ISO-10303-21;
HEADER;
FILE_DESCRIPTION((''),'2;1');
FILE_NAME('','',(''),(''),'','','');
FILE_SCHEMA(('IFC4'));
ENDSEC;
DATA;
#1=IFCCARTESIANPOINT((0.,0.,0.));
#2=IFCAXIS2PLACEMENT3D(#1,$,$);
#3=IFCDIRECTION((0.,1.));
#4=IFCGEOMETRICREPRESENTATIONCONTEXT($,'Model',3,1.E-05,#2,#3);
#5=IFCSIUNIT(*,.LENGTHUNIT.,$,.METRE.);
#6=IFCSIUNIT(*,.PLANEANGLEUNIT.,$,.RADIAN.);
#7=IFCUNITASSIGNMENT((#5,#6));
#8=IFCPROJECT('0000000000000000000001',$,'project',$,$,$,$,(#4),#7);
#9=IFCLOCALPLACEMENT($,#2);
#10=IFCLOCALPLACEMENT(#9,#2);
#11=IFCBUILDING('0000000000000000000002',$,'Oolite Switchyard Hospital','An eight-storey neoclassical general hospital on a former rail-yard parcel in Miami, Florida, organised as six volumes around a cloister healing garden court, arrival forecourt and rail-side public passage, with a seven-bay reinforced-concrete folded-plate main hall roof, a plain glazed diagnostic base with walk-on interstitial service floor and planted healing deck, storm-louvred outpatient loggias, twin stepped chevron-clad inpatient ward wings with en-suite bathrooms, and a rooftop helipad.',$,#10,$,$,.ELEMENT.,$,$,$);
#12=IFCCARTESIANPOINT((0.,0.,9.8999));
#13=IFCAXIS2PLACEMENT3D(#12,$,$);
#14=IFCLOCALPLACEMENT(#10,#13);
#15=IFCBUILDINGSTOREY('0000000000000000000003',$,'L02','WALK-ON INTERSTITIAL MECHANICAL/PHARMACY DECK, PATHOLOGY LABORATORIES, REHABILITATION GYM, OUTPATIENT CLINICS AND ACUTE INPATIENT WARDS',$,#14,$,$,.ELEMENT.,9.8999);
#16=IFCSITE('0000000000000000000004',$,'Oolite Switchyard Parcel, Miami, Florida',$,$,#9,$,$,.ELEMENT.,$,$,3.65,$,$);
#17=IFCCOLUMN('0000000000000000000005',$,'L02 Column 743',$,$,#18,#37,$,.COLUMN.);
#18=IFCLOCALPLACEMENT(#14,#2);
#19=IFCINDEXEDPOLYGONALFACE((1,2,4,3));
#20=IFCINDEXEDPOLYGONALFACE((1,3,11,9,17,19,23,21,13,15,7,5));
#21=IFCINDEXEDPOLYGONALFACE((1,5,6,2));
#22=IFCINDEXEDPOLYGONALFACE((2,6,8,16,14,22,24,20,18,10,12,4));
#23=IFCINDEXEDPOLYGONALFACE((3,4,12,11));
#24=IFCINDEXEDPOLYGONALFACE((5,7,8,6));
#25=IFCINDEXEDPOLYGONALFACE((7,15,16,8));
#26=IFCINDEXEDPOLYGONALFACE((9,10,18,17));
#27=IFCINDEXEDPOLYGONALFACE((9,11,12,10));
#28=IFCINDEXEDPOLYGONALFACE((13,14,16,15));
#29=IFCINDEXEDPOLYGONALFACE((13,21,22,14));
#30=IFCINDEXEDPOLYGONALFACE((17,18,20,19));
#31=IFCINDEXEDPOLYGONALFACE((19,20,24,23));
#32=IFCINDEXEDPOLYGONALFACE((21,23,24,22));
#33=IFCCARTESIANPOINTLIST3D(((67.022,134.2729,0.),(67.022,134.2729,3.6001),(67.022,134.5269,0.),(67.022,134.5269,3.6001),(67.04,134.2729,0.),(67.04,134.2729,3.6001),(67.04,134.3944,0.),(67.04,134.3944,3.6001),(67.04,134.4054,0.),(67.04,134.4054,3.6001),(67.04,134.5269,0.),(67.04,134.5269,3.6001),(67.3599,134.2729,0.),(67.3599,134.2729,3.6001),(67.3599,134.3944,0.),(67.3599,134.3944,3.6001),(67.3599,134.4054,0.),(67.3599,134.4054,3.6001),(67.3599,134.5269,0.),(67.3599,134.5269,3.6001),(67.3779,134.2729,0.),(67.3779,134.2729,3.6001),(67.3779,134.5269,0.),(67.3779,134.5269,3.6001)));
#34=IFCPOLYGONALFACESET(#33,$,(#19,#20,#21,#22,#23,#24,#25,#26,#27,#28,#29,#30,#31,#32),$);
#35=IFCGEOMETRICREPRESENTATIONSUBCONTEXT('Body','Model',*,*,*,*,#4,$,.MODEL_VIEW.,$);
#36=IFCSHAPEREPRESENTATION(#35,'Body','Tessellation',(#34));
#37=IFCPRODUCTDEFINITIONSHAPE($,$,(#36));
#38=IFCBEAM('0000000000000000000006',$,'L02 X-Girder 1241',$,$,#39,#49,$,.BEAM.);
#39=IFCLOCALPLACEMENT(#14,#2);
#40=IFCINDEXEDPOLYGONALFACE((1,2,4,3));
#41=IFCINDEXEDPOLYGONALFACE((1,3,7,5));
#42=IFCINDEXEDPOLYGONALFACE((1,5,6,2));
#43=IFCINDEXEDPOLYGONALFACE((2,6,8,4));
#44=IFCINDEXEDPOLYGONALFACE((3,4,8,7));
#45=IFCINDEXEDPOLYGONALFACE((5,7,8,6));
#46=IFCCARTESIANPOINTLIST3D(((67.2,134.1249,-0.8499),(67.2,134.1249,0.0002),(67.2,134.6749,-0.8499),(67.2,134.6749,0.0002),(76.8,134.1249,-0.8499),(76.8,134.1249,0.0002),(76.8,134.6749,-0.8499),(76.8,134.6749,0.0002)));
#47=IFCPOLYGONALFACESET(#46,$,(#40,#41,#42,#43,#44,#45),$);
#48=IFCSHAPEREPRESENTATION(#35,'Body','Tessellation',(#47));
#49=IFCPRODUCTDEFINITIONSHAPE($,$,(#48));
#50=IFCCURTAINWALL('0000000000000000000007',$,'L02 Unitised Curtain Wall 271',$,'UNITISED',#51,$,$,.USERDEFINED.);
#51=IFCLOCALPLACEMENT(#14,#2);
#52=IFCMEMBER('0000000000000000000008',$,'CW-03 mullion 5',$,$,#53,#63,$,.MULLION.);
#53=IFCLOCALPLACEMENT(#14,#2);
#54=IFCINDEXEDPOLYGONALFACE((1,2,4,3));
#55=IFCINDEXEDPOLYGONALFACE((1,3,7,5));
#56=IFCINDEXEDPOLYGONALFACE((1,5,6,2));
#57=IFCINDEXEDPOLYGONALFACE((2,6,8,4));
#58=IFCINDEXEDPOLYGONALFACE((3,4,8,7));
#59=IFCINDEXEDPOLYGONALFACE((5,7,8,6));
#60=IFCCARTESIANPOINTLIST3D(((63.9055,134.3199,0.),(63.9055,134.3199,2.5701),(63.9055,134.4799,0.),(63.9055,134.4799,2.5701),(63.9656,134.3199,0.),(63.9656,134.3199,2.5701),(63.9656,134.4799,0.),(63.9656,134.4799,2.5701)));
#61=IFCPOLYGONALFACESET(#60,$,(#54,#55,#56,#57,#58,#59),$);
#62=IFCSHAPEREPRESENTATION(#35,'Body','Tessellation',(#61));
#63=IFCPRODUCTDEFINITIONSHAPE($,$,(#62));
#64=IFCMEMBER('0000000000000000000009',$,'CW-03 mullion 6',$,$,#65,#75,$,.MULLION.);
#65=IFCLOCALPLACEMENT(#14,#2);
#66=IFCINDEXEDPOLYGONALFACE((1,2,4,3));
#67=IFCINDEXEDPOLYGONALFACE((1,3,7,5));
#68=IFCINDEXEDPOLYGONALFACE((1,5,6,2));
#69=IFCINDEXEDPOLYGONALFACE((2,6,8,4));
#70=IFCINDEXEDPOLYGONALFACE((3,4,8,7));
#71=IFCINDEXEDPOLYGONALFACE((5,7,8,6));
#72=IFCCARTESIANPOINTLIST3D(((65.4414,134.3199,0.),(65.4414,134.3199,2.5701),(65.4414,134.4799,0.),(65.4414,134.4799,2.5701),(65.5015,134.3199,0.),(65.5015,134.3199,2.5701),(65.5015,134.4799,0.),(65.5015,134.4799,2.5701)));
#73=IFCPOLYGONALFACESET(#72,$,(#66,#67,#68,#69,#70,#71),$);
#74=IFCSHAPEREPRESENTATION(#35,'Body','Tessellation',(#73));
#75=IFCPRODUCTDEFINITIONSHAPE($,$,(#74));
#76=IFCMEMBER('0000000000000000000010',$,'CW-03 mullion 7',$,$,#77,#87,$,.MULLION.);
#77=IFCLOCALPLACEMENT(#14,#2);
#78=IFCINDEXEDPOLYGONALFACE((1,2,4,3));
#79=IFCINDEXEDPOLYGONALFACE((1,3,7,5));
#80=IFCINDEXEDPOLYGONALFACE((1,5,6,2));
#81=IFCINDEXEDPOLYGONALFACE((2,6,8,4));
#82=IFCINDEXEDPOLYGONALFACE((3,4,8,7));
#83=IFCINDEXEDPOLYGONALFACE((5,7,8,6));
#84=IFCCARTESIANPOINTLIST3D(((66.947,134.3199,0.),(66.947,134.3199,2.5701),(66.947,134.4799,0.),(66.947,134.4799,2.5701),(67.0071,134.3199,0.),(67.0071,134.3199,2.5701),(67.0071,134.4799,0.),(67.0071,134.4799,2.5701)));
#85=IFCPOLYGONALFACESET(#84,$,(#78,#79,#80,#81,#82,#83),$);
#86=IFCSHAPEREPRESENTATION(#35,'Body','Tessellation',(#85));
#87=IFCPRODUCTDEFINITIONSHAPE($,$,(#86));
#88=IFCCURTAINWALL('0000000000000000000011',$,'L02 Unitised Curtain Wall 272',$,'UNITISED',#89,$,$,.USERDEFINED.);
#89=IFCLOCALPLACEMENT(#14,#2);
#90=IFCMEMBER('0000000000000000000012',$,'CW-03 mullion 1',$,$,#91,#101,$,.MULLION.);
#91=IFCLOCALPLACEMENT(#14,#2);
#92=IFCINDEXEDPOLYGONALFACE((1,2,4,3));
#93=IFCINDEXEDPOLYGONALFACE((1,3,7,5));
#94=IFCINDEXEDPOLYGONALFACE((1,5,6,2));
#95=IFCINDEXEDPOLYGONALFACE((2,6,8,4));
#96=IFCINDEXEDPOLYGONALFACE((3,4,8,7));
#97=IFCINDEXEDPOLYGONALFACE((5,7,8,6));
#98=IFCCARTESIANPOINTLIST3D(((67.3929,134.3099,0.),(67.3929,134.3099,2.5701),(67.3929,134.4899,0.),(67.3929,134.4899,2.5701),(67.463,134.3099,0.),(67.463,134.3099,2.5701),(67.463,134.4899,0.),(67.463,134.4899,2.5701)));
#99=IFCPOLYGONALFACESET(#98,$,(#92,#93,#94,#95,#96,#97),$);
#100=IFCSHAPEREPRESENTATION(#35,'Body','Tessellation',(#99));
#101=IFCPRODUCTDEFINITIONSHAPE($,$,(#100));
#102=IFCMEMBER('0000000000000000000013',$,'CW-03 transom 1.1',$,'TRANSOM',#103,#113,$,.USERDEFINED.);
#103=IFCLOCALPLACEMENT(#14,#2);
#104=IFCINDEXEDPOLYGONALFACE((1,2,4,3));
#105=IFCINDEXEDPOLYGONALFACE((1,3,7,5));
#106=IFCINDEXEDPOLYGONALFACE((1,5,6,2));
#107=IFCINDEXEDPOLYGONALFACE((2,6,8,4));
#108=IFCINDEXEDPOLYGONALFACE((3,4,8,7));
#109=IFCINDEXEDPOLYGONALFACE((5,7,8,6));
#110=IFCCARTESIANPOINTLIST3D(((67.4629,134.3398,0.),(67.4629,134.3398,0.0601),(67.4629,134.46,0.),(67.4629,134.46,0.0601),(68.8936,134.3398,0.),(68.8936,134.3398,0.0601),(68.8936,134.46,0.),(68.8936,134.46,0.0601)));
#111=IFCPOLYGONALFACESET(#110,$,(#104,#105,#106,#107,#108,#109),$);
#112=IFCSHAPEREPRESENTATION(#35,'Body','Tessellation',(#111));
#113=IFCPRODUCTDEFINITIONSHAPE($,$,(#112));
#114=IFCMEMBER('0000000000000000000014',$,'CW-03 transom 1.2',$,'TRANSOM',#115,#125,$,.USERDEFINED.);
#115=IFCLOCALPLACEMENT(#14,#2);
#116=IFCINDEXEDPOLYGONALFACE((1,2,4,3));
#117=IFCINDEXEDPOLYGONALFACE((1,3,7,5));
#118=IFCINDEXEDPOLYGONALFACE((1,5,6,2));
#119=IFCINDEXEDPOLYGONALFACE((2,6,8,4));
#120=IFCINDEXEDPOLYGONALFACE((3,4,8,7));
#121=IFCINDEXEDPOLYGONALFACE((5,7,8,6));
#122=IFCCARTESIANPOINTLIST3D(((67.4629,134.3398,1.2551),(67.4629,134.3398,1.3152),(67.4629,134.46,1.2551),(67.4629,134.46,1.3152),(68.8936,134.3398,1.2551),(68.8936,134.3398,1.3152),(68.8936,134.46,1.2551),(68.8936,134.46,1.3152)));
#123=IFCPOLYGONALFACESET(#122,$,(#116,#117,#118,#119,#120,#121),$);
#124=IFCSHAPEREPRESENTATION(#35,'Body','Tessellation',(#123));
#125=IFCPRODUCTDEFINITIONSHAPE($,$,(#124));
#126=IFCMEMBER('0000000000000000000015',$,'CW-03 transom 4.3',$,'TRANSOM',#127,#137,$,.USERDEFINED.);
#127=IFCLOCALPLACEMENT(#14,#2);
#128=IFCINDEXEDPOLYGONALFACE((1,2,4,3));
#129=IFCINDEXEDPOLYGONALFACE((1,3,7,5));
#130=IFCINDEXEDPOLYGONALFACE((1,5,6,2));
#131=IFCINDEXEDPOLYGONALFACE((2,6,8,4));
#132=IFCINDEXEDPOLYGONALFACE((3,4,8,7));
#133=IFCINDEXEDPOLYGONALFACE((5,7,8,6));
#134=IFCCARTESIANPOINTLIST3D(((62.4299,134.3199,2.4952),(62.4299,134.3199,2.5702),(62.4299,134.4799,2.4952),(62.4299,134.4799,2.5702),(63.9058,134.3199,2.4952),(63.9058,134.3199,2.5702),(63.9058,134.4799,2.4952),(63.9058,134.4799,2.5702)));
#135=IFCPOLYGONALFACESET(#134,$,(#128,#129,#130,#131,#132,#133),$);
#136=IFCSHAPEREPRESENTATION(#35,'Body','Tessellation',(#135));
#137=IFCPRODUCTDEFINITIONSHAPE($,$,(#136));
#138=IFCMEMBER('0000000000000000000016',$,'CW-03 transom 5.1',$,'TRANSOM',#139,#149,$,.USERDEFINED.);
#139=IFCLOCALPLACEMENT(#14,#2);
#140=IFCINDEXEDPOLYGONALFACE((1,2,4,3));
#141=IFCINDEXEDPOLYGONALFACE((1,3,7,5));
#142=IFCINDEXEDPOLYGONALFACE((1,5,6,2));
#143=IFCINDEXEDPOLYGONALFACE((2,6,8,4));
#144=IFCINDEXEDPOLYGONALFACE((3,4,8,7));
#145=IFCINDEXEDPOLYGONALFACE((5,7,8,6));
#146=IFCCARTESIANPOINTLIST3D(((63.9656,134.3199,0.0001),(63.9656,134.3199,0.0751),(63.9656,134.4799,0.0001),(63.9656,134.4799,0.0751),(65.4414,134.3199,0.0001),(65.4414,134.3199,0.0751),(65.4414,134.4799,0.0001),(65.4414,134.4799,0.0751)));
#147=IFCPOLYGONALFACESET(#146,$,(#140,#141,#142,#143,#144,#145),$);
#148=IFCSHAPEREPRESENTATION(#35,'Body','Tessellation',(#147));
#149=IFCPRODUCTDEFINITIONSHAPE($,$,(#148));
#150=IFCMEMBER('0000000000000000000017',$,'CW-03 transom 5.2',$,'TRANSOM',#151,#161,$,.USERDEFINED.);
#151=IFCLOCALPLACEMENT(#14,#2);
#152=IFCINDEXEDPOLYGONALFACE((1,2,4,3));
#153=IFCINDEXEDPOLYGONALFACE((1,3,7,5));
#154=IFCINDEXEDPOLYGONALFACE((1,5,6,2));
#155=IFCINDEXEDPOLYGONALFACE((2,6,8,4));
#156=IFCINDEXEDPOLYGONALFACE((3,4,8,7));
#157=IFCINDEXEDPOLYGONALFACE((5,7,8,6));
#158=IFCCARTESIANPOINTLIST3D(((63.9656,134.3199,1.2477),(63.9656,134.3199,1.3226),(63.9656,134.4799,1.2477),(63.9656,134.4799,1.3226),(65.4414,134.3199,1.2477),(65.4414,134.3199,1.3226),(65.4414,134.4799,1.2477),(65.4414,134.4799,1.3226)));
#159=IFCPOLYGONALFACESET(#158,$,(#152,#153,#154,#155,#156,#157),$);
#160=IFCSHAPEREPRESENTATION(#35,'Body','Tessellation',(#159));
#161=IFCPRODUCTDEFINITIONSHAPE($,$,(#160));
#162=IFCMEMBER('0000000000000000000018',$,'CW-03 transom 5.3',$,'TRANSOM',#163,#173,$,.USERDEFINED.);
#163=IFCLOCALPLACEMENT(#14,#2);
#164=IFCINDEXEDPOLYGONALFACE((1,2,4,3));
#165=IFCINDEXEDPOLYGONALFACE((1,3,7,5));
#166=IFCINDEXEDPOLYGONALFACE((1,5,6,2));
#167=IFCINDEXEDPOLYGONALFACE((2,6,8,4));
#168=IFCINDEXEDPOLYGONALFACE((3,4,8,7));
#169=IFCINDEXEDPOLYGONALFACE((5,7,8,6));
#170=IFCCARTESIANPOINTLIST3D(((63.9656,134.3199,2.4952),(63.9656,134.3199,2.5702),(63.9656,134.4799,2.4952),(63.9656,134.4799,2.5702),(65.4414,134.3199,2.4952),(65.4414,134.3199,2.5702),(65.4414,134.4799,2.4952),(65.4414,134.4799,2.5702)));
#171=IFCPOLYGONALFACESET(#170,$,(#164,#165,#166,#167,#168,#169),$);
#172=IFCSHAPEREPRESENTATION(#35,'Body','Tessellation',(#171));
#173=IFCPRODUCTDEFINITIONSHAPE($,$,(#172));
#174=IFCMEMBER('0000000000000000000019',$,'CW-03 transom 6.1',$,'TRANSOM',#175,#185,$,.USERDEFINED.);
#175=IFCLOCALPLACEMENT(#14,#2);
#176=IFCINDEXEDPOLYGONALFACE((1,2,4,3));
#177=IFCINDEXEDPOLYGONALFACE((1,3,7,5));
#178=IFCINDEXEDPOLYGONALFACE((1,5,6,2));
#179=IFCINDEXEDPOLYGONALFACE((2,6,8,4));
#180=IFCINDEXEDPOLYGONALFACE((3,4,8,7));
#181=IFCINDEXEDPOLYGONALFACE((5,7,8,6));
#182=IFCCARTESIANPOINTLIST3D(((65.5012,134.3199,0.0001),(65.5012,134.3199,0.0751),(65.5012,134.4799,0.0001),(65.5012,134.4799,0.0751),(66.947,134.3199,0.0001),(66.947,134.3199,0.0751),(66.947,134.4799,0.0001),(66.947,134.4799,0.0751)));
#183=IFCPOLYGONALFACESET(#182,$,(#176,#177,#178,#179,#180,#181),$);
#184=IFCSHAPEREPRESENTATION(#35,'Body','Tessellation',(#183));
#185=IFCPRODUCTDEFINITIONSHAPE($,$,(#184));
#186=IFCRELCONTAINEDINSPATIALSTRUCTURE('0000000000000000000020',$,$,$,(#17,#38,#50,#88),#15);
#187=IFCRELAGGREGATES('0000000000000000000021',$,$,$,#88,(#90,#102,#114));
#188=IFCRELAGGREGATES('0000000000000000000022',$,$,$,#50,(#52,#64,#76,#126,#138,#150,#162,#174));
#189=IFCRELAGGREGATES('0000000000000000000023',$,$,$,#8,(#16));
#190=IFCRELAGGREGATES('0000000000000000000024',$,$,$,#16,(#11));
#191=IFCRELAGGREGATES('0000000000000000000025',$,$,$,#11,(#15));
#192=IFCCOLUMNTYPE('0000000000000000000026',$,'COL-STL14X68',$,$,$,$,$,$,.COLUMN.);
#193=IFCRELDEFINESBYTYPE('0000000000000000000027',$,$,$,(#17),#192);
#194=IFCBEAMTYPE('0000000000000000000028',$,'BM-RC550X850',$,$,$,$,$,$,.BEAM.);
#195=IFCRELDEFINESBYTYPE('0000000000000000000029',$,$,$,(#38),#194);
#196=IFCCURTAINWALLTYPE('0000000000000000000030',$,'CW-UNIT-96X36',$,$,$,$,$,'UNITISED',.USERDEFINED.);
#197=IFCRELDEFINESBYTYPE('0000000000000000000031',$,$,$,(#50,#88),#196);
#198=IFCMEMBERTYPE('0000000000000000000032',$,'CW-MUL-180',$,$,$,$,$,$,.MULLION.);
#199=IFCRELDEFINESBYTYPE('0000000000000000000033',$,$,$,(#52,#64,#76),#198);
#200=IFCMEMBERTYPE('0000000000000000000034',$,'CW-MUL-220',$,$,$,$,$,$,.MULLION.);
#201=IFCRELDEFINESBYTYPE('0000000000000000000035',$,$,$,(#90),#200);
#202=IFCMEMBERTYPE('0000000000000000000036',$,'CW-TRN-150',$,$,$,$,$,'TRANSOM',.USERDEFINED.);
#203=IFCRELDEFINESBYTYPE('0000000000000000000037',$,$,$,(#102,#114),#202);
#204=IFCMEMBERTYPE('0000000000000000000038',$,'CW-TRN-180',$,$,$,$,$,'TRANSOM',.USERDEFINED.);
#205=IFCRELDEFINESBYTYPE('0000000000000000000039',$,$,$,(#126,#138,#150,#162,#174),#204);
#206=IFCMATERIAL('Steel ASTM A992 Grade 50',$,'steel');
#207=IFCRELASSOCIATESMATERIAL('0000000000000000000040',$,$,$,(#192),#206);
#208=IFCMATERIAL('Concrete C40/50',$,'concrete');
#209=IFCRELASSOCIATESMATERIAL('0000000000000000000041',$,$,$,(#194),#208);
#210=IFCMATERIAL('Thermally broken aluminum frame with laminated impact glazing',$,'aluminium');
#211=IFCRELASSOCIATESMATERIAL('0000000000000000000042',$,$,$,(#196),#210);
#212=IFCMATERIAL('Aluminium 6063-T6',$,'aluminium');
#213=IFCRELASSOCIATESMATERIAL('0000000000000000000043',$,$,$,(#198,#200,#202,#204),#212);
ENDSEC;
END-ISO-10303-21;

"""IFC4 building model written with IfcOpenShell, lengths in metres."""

from ifc_helpers import new_model, si_unit, direction, frame, origin, origin_2d, place, context, subcontext, project, spatial, rectangle, i_section, extrude, material, material_profile, profile_set, type_object, element, aggregate, save


model = new_model("IFC4")

# Units and contexts
model_context = context("Model", 3, precision=1e-05, world=origin(), true_north=direction((0.0, 1.0)))
body_context = subcontext(model_context, "Body", "Model", "MODEL_VIEW")
ifc_project = project(units=[si_unit("LENGTHUNIT", "METRE"), si_unit("PLANEANGLEUNIT", "RADIAN")], contexts=[model_context])

# Site, building, storey
site_placement = place(None, origin())
site = spatial("IfcSite", under=ifc_project, at=site_placement, Name="Oolite Switchyard Parcel, Miami, Florida", CompositionType="ELEMENT", RefElevation=3.65)
building_placement = place(site_placement, origin())
building = spatial("IfcBuilding", under=site, at=building_placement, Name="Oolite Switchyard Hospital", Description="An eight-storey neoclassical general hospital on a former rail-yard parcel in Miami, Florida, organised as six volumes around a cloister healing garden court, arrival forecourt and rail-side public passage, with a seven-bay reinforced-concrete folded-plate main hall roof, a plain glazed diagnostic base with walk-on interstitial service floor and planted healing deck, storm-louvred outpatient loggias, twin stepped chevron-clad inpatient ward wings with en-suite bathrooms, and a rooftop helipad.", CompositionType="ELEMENT")
storey_placement = place(building_placement, frame((0.0, 0.0, 9.8999)))
storey = spatial("IfcBuildingStorey", under=building, at=storey_placement, Name="L02", Description="WALK-ON INTERSTITIAL MECHANICAL/PHARMACY DECK, PATHOLOGY LABORATORIES, REHABILITATION GYM, OUTPATIENT CLINICS AND ACUTE INPATIENT WARDS", CompositionType="ELEMENT", Elevation=9.8999)

# Column
ifc_material_1 = material(Name="Steel ASTM A992 Grade 50", Category="steel")
ifc_material_profile_1 = material_profile(ifc_material_1, i_section(OverallWidth=0.2539, OverallDepth=0.356, WebThickness=0.011, FlangeThickness=0.0181, at=origin_2d()), Name="W14X68")
ifc_profile_set_1 = profile_set([ifc_material_profile_1], Name="Steel ASTM A992 Grade 50")
column_type = type_object("IfcColumnType", Name="COL-STL14X68", PredefinedType="COLUMN", material=ifc_profile_set_1)
column_placement = place(storey_placement, frame((67.2, 134.3999, 0.0), z_axis=(0.0, 0.0, 1.0), x_axis=(0.0, -1.0, 0.0)))
element("IfcColumn", 1, at=column_placement, inside=storey, type_object=column_type, Name="L02 Column 743", PredefinedType="COLUMN", context=body_context, shape_type="SweptSolid", body=[
    extrude(i_section(OverallWidth=0.2539, OverallDepth=0.356, WebThickness=0.011, FlangeThickness=0.0181, at=origin_2d()), origin(), (0.0, 0.0, 1.0), 3.6001),
])

# Beam
ifc_material_2 = material(Name="Concrete C40/50", Category="concrete")
ifc_material_profile_2 = material_profile(ifc_material_2, rectangle(XDim=0.55, YDim=0.8501, at=origin_2d()), Name="RCB550X850")
ifc_profile_set_2 = profile_set([ifc_material_profile_2], Name="Concrete C40/50")
beam_type = type_object("IfcBeamType", Name="BM-RC550X850", PredefinedType="BEAM", material=ifc_profile_set_2)
beam_placement = place(storey_placement, frame((67.2, 134.3999, -0.4248), z_axis=(1.0, 0.0, 0.0), x_axis=(0.0, 1.0, 0.0)))
element("IfcBeam", 2, at=beam_placement, inside=storey, type_object=beam_type, Name="L02 X-Girder 1241", PredefinedType="BEAM", context=body_context, shape_type="SweptSolid", body=[
    extrude(rectangle(XDim=0.55, YDim=0.8501, at=origin_2d()), origin(), (0.0, 0.0, 1.0), 9.6001),
])

# Curtain walls, members
ifc_material_3 = material(Name="Thermally broken aluminum frame with laminated impact glazing", Category="aluminium")
curtain_wall_type = type_object("IfcCurtainWallType", Name="CW-UNIT-96X36", ElementType="UNITISED", PredefinedType="USERDEFINED", material=ifc_material_3)
curtain_wall_1_placement = place(storey_placement, origin())
curtain_wall_1 = element("IfcCurtainWall", 3, at=curtain_wall_1_placement, inside=storey, type_object=curtain_wall_type, Name="L02 Unitised Curtain Wall 271", ObjectType="UNITISED", PredefinedType="USERDEFINED")
ifc_material_4 = material(Name="Aluminium 6063-T6", Category="aluminium")
ifc_material_profile_3 = material_profile(ifc_material_4, rectangle(XDim=0.1599, YDim=0.0601, at=origin_2d()), Name="CWM60X160")
ifc_profile_set_3 = profile_set([ifc_material_profile_3], Name="Aluminium 6063-T6")
member_type_1 = type_object("IfcMemberType", Name="CW-MUL-180", PredefinedType="MULLION", material=ifc_profile_set_3)
member_1_placement = place(storey_placement, frame((63.9355, 134.3999, 0.0), z_axis=(0.0, 0.0, 1.0), x_axis=(0.0, 1.0, 0.0)))
member_1 = element("IfcMember", 4, at=member_1_placement, type_object=member_type_1, Name="CW-03 mullion 5", PredefinedType="MULLION", context=body_context, shape_type="SweptSolid", body=[
    extrude(rectangle(XDim=0.1599, YDim=0.0601, at=origin_2d()), origin(), (0.0, 0.0, 1.0), 2.5701),
])
member_2_placement = place(storey_placement, frame((65.4714, 134.3999, 0.0), z_axis=(0.0, 0.0, 1.0), x_axis=(0.0, 1.0, 0.0)))
member_2 = element("IfcMember", 5, at=member_2_placement, type_object=member_type_1, Name="CW-03 mullion 6", PredefinedType="MULLION", context=body_context, shape_type="SweptSolid", body=[
    extrude(rectangle(XDim=0.1599, YDim=0.0601, at=origin_2d()), origin(), (0.0, 0.0, 1.0), 2.5701),
])
member_3_placement = place(storey_placement, frame((66.9771, 134.3999, 0.0), z_axis=(0.0, 0.0, 1.0), x_axis=(0.0, 1.0, 0.0)))
member_3 = element("IfcMember", 6, at=member_3_placement, type_object=member_type_1, Name="CW-03 mullion 7", PredefinedType="MULLION", context=body_context, shape_type="SweptSolid", body=[
    extrude(rectangle(XDim=0.1599, YDim=0.0601, at=origin_2d()), origin(), (0.0, 0.0, 1.0), 2.5701),
])
curtain_wall_2_placement = place(storey_placement, origin())
curtain_wall_2 = element("IfcCurtainWall", 7, at=curtain_wall_2_placement, inside=storey, type_object=curtain_wall_type, Name="L02 Unitised Curtain Wall 272", ObjectType="UNITISED", PredefinedType="USERDEFINED")
ifc_material_profile_4 = material_profile(ifc_material_4, rectangle(XDim=0.1799, YDim=0.0701, at=origin_2d()), Name="CWM70X180")
ifc_profile_set_4 = profile_set([ifc_material_profile_4], Name="Aluminium 6063-T6")
member_type_2 = type_object("IfcMemberType", Name="CW-MUL-220", PredefinedType="MULLION", material=ifc_profile_set_4)
member_4_placement = place(storey_placement, frame((67.428, 134.3999, 0.0), z_axis=(0.0, 0.0, 1.0), x_axis=(0.0, 1.0, 0.0)))
member_4 = element("IfcMember", 8, at=member_4_placement, type_object=member_type_2, Name="CW-03 mullion 1", PredefinedType="MULLION", context=body_context, shape_type="SweptSolid", body=[
    extrude(rectangle(XDim=0.1799, YDim=0.0701, at=origin_2d()), origin(), (0.0, 0.0, 1.0), 2.5701),
])
ifc_material_profile_5 = material_profile(ifc_material_4, rectangle(XDim=0.1201, YDim=0.0601, at=origin_2d()), Name="CWT60X120")
ifc_profile_set_5 = profile_set([ifc_material_profile_5], Name="Aluminium 6063-T6")
member_type_3 = type_object("IfcMemberType", Name="CW-TRN-150", ElementType="TRANSOM", PredefinedType="USERDEFINED", material=ifc_profile_set_5)
member_5_placement = place(storey_placement, frame((67.4629, 134.3999, 0.03), z_axis=(1.0, 0.0, 0.0), x_axis=(0.0, 1.0, 0.0)))
member_5 = element("IfcMember", 9, at=member_5_placement, type_object=member_type_3, Name="CW-03 transom 1.1", ObjectType="TRANSOM", PredefinedType="USERDEFINED", context=body_context, shape_type="SweptSolid", body=[
    extrude(rectangle(XDim=0.1201, YDim=0.0601, at=origin_2d()), origin(), (0.0, 0.0, 1.0), 1.4307),
])
member_6_placement = place(storey_placement, frame((67.4629, 134.3999, 1.2852), z_axis=(1.0, 0.0, 0.0), x_axis=(0.0, 1.0, 0.0)))
member_6 = element("IfcMember", 10, at=member_6_placement, type_object=member_type_3, Name="CW-03 transom 1.2", ObjectType="TRANSOM", PredefinedType="USERDEFINED", context=body_context, shape_type="SweptSolid", body=[
    extrude(rectangle(XDim=0.1201, YDim=0.0601, at=origin_2d()), origin(), (0.0, 0.0, 1.0), 1.4307),
])
aggregate(curtain_wall_2, [member_4, member_5, member_6])

# Members
ifc_material_profile_6 = material_profile(ifc_material_4, rectangle(XDim=0.1599, YDim=0.075, at=origin_2d()), Name="CWT75X160")
ifc_profile_set_6 = profile_set([ifc_material_profile_6], Name="Aluminium 6063-T6")
member_type_4 = type_object("IfcMemberType", Name="CW-TRN-180", ElementType="TRANSOM", PredefinedType="USERDEFINED", material=ifc_profile_set_6)
member_7_placement = place(storey_placement, frame((62.4299, 134.3999, 2.5327), z_axis=(1.0, 0.0, 0.0), x_axis=(0.0, 1.0, 0.0)))
member_7 = element("IfcMember", 11, at=member_7_placement, type_object=member_type_4, Name="CW-03 transom 4.3", ObjectType="TRANSOM", PredefinedType="USERDEFINED", context=body_context, shape_type="SweptSolid", body=[
    extrude(rectangle(XDim=0.1599, YDim=0.075, at=origin_2d()), origin(), (0.0, 0.0, 1.0), 1.4758),
])
member_8_placement = place(storey_placement, frame((63.9656, 134.3999, 0.0376), z_axis=(1.0, 0.0, 0.0), x_axis=(0.0, 1.0, 0.0)))
member_8 = element("IfcMember", 12, at=member_8_placement, type_object=member_type_4, Name="CW-03 transom 5.1", ObjectType="TRANSOM", PredefinedType="USERDEFINED", context=body_context, shape_type="SweptSolid", body=[
    extrude(rectangle(XDim=0.1599, YDim=0.075, at=origin_2d()), origin(), (0.0, 0.0, 1.0), 1.4758),
])
member_9_placement = place(storey_placement, frame((63.9656, 134.3999, 1.2852), z_axis=(1.0, 0.0, 0.0), x_axis=(0.0, 1.0, 0.0)))
member_9 = element("IfcMember", 13, at=member_9_placement, type_object=member_type_4, Name="CW-03 transom 5.2", ObjectType="TRANSOM", PredefinedType="USERDEFINED", context=body_context, shape_type="SweptSolid", body=[
    extrude(rectangle(XDim=0.1599, YDim=0.075, at=origin_2d()), origin(), (0.0, 0.0, 1.0), 1.4758),
])
member_10_placement = place(storey_placement, frame((63.9656, 134.3999, 2.5327), z_axis=(1.0, 0.0, 0.0), x_axis=(0.0, 1.0, 0.0)))
member_10 = element("IfcMember", 14, at=member_10_placement, type_object=member_type_4, Name="CW-03 transom 5.3", ObjectType="TRANSOM", PredefinedType="USERDEFINED", context=body_context, shape_type="SweptSolid", body=[
    extrude(rectangle(XDim=0.1599, YDim=0.075, at=origin_2d()), origin(), (0.0, 0.0, 1.0), 1.4758),
])
member_11_placement = place(storey_placement, frame((65.5012, 134.3999, 0.0376), z_axis=(1.0, 0.0, 0.0), x_axis=(0.0, 1.0, 0.0)))
member_11 = element("IfcMember", 15, at=member_11_placement, type_object=member_type_4, Name="CW-03 transom 6.1", ObjectType="TRANSOM", PredefinedType="USERDEFINED", context=body_context, shape_type="SweptSolid", body=[
    extrude(rectangle(XDim=0.1599, YDim=0.075, at=origin_2d()), origin(), (0.0, 0.0, 1.0), 1.4458),
])

aggregate(curtain_wall_1, [member_1, member_2, member_3, member_7, member_8, member_9, member_10, member_11])

save(model, "model.ifc")
